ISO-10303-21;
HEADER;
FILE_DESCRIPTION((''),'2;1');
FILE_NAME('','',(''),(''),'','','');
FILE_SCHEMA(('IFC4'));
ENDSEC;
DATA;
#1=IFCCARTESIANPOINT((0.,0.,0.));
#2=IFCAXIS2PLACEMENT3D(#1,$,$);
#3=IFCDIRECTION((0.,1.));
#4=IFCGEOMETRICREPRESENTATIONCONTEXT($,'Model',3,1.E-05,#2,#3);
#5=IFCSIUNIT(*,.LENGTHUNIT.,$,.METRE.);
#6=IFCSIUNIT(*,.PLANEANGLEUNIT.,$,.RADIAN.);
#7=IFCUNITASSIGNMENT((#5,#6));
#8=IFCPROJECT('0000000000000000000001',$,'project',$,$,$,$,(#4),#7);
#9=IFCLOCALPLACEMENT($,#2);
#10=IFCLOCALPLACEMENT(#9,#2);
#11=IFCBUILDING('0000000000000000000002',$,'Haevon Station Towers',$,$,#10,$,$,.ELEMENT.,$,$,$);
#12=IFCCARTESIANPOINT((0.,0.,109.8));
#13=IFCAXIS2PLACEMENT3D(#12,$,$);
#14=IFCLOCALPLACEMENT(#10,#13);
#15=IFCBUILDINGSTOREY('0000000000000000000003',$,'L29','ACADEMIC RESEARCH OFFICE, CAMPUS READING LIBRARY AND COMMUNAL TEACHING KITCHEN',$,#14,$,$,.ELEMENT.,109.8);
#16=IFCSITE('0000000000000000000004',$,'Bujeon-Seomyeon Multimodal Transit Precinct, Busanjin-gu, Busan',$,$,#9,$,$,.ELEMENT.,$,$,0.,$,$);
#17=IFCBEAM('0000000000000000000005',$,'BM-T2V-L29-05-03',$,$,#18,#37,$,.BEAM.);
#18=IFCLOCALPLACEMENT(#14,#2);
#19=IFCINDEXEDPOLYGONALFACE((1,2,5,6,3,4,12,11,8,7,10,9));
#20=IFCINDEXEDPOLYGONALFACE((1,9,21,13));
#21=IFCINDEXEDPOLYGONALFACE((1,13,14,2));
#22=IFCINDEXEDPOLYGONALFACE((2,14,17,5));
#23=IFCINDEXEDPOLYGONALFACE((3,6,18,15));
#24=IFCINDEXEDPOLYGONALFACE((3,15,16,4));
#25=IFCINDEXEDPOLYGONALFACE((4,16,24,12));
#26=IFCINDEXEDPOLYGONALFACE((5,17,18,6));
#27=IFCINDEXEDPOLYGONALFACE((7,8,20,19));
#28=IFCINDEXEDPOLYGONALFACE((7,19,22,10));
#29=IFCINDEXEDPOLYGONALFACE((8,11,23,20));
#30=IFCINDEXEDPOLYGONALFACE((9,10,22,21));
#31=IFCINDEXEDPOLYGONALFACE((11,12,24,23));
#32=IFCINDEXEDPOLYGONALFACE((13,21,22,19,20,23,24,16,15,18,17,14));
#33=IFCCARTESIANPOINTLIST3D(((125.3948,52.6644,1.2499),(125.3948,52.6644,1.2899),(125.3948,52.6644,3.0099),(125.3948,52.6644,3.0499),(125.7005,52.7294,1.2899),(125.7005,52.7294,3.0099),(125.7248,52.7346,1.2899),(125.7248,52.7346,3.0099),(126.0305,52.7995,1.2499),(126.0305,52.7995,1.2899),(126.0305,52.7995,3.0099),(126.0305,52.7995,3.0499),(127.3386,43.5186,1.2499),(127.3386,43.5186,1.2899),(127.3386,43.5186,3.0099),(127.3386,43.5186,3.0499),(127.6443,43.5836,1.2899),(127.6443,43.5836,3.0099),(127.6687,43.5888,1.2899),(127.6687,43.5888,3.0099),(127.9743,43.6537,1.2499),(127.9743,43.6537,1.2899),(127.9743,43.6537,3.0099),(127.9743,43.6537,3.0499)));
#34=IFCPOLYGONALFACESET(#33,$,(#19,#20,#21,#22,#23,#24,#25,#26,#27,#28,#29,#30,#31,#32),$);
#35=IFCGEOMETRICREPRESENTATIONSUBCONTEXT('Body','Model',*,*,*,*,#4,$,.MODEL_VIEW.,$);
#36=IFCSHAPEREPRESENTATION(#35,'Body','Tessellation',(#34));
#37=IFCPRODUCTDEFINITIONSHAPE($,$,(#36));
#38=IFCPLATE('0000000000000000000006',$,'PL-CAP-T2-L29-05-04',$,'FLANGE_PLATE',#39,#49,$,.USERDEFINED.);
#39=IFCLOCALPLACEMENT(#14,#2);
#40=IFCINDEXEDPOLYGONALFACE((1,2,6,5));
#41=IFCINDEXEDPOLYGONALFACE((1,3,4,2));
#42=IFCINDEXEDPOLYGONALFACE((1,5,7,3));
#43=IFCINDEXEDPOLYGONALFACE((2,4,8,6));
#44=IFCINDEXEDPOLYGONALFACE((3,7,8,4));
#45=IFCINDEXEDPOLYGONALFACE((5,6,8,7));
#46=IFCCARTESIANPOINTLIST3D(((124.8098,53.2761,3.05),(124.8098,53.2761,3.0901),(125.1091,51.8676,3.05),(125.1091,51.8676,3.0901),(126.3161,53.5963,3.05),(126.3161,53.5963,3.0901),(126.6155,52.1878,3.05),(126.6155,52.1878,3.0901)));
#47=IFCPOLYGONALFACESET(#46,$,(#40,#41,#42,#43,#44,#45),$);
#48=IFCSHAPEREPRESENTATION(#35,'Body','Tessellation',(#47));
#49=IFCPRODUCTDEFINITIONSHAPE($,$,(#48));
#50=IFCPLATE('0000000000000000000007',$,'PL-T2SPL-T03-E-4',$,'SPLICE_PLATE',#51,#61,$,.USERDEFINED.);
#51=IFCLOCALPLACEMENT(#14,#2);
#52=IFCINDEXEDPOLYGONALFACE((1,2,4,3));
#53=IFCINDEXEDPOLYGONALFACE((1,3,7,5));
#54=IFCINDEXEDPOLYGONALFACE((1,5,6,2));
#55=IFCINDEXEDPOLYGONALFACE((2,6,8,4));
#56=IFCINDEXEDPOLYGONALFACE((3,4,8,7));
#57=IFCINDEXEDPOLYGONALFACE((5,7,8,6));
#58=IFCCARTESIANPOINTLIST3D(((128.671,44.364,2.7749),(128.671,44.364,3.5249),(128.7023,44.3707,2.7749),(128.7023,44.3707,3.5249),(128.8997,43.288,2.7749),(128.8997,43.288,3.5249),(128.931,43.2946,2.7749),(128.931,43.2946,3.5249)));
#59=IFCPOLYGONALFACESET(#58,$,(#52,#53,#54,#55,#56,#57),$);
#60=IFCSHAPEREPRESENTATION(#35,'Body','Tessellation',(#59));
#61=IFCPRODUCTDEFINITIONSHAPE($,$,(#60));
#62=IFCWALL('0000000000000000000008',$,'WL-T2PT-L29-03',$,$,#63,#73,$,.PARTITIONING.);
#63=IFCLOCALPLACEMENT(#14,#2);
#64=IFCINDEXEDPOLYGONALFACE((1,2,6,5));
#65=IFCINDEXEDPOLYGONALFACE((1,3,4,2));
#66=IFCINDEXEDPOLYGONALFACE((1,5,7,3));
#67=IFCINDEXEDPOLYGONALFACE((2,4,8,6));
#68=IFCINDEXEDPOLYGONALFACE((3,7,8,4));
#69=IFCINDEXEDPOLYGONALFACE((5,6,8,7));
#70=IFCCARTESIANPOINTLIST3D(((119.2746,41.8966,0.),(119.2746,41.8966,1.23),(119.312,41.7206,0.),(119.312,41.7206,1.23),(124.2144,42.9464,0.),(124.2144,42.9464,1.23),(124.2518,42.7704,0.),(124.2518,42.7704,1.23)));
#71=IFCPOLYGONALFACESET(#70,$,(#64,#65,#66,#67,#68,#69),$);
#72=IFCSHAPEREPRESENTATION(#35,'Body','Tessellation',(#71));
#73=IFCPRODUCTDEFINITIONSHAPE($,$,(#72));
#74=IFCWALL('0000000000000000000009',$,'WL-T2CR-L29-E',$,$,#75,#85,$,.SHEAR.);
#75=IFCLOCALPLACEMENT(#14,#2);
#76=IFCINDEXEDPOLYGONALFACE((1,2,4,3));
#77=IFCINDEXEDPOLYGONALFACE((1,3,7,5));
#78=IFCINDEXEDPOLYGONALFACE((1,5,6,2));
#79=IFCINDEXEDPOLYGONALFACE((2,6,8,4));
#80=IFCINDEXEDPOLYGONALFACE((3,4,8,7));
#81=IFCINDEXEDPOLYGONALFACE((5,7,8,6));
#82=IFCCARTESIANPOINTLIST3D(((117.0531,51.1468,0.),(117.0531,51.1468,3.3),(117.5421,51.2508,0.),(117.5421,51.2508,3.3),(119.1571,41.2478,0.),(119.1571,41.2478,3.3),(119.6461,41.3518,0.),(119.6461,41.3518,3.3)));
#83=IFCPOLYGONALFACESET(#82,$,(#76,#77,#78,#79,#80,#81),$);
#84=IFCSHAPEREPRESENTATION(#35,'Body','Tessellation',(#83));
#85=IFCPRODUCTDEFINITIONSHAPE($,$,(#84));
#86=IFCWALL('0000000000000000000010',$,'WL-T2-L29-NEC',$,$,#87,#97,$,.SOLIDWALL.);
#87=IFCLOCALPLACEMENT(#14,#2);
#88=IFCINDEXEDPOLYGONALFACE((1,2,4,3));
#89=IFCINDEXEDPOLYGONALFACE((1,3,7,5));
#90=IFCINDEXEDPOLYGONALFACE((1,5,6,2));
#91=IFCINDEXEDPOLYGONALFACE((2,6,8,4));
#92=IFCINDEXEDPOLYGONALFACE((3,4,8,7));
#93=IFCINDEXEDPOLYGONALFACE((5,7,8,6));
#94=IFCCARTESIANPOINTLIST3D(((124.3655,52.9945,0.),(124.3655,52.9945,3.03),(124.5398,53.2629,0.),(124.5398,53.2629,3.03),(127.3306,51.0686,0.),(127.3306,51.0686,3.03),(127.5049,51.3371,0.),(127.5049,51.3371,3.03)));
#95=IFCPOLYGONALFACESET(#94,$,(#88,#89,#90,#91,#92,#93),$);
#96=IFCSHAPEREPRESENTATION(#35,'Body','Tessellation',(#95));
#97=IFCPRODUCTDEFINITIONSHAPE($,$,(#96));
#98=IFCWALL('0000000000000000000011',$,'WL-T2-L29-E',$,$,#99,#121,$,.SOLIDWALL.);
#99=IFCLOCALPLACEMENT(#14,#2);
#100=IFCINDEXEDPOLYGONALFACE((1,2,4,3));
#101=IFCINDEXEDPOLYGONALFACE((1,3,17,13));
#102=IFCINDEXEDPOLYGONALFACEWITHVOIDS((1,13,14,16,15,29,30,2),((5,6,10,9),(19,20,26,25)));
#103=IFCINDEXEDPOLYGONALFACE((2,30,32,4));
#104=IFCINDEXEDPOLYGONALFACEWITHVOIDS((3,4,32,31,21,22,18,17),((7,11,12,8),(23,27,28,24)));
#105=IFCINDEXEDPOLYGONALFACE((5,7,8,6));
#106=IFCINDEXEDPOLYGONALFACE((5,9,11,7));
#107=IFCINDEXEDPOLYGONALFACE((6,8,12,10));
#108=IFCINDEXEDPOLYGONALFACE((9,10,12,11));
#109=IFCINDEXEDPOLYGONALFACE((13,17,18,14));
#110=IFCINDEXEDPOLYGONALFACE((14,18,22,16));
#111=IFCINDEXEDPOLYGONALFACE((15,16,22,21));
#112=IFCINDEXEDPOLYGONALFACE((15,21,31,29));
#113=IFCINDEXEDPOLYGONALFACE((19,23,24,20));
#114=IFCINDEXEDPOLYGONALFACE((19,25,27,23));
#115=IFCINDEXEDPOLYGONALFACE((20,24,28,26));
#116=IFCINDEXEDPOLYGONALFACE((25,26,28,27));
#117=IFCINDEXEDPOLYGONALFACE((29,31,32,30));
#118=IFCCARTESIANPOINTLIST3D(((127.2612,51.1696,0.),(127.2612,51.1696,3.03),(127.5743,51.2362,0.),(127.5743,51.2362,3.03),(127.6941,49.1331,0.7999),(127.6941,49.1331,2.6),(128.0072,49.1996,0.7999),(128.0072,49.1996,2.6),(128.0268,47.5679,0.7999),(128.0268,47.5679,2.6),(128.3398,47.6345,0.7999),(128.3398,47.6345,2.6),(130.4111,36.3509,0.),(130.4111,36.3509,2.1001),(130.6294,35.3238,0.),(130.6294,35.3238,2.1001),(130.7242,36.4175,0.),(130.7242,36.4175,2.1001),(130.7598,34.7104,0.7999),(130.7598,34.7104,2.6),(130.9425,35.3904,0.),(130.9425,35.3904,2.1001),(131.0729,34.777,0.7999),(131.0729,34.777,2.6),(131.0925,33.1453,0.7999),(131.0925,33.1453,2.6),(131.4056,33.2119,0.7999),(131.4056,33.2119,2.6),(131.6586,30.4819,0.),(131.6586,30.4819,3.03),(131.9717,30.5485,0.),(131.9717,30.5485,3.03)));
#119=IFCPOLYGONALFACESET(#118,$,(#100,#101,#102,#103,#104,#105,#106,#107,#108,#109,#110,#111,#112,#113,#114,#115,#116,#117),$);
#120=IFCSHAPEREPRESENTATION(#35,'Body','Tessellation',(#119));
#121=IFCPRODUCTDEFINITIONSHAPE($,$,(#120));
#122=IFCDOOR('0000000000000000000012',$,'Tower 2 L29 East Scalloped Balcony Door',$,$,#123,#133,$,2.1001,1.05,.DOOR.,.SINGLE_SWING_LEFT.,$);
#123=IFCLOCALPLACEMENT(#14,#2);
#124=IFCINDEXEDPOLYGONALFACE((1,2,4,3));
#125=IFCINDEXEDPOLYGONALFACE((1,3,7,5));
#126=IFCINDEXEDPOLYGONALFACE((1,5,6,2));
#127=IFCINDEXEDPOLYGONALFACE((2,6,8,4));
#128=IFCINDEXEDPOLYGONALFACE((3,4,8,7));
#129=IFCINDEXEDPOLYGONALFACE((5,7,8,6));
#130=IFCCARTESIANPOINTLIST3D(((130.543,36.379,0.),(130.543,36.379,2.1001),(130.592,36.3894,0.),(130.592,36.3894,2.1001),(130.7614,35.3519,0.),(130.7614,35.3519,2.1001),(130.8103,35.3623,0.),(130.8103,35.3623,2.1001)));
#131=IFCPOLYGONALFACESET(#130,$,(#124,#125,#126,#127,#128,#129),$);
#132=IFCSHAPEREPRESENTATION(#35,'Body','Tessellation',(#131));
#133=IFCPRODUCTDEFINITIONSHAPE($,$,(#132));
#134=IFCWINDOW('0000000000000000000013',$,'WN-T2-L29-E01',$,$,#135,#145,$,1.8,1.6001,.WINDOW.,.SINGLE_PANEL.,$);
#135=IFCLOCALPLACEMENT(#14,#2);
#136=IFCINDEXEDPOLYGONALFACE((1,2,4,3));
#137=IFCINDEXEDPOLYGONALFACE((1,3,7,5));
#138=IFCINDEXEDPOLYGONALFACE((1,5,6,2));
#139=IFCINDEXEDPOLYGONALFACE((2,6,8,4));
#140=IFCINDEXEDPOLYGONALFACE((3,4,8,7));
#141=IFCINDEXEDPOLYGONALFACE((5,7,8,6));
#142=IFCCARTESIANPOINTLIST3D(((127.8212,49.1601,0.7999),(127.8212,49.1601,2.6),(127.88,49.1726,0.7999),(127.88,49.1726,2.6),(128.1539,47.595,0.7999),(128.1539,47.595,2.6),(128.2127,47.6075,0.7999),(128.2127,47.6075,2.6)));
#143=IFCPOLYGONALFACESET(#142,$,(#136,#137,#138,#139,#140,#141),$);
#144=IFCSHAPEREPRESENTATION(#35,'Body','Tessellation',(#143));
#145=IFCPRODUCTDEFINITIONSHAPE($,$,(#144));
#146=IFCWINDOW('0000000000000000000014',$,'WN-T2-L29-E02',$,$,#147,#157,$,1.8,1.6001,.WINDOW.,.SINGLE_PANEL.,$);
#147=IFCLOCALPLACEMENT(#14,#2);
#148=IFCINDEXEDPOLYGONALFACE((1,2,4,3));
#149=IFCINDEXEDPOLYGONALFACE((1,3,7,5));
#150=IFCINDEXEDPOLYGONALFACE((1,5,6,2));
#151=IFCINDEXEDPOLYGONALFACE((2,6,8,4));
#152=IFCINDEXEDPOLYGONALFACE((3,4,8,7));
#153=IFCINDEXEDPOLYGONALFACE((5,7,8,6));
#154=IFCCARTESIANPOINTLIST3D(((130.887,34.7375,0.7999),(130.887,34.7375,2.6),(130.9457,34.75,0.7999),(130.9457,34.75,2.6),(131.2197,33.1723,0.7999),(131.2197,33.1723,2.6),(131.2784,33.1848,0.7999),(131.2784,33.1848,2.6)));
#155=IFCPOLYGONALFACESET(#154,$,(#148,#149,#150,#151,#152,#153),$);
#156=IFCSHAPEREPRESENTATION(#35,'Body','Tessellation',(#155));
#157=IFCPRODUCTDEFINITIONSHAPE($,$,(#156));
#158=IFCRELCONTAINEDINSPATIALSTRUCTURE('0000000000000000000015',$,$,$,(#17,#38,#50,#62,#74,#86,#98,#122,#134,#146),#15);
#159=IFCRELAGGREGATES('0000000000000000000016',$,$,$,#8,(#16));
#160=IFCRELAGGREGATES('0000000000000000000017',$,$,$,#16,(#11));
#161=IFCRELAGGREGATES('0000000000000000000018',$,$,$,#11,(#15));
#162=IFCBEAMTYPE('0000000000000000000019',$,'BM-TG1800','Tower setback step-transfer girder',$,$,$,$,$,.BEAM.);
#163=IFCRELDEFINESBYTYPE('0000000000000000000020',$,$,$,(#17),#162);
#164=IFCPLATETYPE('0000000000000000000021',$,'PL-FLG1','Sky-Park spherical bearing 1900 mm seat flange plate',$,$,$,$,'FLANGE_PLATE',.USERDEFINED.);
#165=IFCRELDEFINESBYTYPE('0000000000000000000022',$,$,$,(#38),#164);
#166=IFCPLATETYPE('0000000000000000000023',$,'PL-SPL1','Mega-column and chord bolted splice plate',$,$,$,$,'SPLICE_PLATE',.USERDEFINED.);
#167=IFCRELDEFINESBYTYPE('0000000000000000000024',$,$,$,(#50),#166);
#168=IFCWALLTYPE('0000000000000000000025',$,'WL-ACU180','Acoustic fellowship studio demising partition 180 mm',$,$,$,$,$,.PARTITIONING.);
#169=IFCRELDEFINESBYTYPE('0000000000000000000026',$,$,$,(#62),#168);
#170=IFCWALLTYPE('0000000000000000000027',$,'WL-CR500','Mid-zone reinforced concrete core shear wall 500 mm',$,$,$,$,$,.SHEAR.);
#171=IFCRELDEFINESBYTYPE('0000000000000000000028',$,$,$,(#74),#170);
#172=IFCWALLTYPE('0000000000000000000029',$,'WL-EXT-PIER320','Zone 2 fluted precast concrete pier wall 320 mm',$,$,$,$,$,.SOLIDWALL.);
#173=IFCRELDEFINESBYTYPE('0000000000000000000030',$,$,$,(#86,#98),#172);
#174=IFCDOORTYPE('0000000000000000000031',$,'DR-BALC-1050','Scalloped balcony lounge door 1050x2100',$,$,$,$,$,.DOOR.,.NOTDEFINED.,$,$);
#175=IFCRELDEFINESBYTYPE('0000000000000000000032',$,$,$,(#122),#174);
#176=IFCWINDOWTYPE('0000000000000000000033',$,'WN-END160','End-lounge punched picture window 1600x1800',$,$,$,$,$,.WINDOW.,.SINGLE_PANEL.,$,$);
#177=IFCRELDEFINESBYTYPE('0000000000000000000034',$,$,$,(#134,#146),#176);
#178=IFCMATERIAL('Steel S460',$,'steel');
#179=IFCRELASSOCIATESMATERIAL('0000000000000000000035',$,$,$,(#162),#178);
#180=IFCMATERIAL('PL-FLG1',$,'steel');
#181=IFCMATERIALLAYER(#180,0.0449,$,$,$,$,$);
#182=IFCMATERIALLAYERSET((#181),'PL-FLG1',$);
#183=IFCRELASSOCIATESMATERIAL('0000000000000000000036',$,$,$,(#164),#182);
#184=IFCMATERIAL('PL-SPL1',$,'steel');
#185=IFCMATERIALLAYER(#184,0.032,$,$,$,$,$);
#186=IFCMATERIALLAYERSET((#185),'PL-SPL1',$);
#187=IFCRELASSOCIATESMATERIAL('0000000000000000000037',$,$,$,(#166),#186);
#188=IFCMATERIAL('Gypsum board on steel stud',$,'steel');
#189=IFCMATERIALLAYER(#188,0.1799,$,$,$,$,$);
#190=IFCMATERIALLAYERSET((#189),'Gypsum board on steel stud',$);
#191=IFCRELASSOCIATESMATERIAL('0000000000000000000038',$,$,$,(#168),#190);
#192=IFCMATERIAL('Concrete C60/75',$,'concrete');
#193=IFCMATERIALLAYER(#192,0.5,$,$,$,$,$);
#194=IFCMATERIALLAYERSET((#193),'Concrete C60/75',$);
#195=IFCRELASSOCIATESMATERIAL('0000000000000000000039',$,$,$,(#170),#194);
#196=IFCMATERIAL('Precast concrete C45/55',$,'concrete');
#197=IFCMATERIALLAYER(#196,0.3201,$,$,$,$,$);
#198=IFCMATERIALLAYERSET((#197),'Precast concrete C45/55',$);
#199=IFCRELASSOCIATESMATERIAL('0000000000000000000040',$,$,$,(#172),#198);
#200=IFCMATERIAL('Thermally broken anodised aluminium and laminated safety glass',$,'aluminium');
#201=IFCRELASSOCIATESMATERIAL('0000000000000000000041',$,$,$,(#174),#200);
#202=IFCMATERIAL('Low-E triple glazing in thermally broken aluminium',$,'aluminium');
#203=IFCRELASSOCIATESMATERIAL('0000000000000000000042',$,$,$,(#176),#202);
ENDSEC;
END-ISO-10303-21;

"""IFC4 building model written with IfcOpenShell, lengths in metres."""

from ifc_helpers import new_model, si_unit, direction, frame, frame_2d, origin, origin_2d, place, context, subcontext, project, spatial, rectangle, i_section, extrude, material, layer, layer_set, material_profile, profile_set, type_object, element, fill, save


model = new_model("IFC4")

# Units and contexts
model_context = context("Model", 3, precision=1e-05, world=origin(), true_north=direction((0.0, 1.0)))
body_context = subcontext(model_context, "Body", "Model", "MODEL_VIEW")
ifc_project = project(units=[si_unit("LENGTHUNIT", "METRE"), si_unit("PLANEANGLEUNIT", "RADIAN")], contexts=[model_context])

# Site, building, storey
site_placement = place(None, origin())
site = spatial("IfcSite", under=ifc_project, at=site_placement, Name="Bujeon-Seomyeon Multimodal Transit Precinct, Busanjin-gu, Busan", CompositionType="ELEMENT", RefElevation=0.0)
building_placement = place(site_placement, origin())
building = spatial("IfcBuilding", under=site, at=building_placement, Name="Haevon Station Towers", CompositionType="ELEMENT")
storey_placement = place(building_placement, frame((0.0, 0.0, 109.8)))
storey = spatial("IfcBuildingStorey", under=building, at=storey_placement, Name="L29", Description="ACADEMIC RESEARCH OFFICE, CAMPUS READING LIBRARY AND COMMUNAL TEACHING KITCHEN", CompositionType="ELEMENT", Elevation=109.8)

# Shared definitions
ifc_material_1 = material(Name="Steel S460", Category="steel")

# Beam
ifc_material_profile_1 = material_profile(ifc_material_1, i_section(OverallWidth=0.6499, OverallDepth=1.8, WebThickness=0.0249, FlangeThickness=0.04, at=origin_2d()), Name="H-1800x650x25x40")
ifc_profile_set_1 = profile_set([ifc_material_profile_1], Name="Steel S460")
beam_type_1 = type_object("IfcBeamType", Name="BM-TG1800", Description="Tower setback step-transfer girder", PredefinedType="BEAM", material=ifc_profile_set_1)
beam_1_placement = place(storey_placement, frame((127.6565, 43.5862, 2.1499), z_axis=(-0.207897, 0.978151, 0.0), x_axis=(-0.978151, -0.207897, 0.0)))
element("IfcBeam", 1, at=beam_1_placement, inside=storey, type_object=beam_type_1, Name="BM-T2V-L29-05-03", PredefinedType="BEAM", context=body_context, shape_type="SweptSolid", body=[
    extrude(i_section(OverallWidth=0.6499, OverallDepth=1.8, WebThickness=0.0249, FlangeThickness=0.04, at=origin_2d()), origin(), (0.0, 0.0, 1.0), 9.3501),
])

# Plates
ifc_material_2 = material(Name="PL-FLG1", Category="steel")
ifc_layer_1 = layer(ifc_material_2, 0.0449)
ifc_layer_set_1 = layer_set([ifc_layer_1], Name="PL-FLG1")
plate_type_1 = type_object("IfcPlateType", Name="PL-FLG1", Description="Sky-Park spherical bearing 1900 mm seat flange plate", ElementType="FLANGE_PLATE", PredefinedType="USERDEFINED", material=ifc_layer_set_1)
plate_1_placement = place(storey_placement, frame((125.7126, 52.7319, 3.05), z_axis=(0.0, 0.0, 1.0), x_axis=(0.978148, 0.207912, 0.0)))
element("IfcPlate", 2, at=plate_1_placement, inside=storey, type_object=plate_type_1, Name="PL-CAP-T2-L29-05-04", ObjectType="FLANGE_PLATE", PredefinedType="USERDEFINED", context=body_context, shape_type="SweptSolid", body=[
    extrude(rectangle(XDim=1.54, YDim=1.4399, at=origin_2d()), origin(), (0.0, 0.0, 1.0), 0.04),
])
ifc_material_3 = material(Name="PL-SPL1", Category="steel")
ifc_layer_2 = layer(ifc_material_3, 0.032)
ifc_layer_set_2 = layer_set([ifc_layer_2], Name="PL-SPL1")
plate_type_2 = type_object("IfcPlateType", Name="PL-SPL1", Description="Mega-column and chord bolted splice plate", ElementType="SPLICE_PLATE", PredefinedType="USERDEFINED", material=ifc_layer_set_2)
plate_2_placement = place(storey_placement, frame((128.801, 43.8293, 2.7749), z_axis=(0.0, 0.0, 1.0), x_axis=(-0.207912, 0.978148, 0.0)))
element("IfcPlate", 3, at=plate_2_placement, inside=storey, type_object=plate_type_2, Name="PL-T2SPL-T03-E-4", ObjectType="SPLICE_PLATE", PredefinedType="USERDEFINED", context=body_context, shape_type="SweptSolid", body=[
    extrude(rectangle(XDim=1.1001, YDim=0.032, at=origin_2d()), origin(), (0.0, 0.0, 1.0), 0.75),
])

# Walls
ifc_material_4 = material(Name="Gypsum board on steel stud", Category="steel")
ifc_layer_3 = layer(ifc_material_4, 0.1799)
ifc_layer_set_3 = layer_set([ifc_layer_3], Name="Gypsum board on steel stud")
wall_type_1 = type_object("IfcWallType", Name="WL-ACU180", Description="Acoustic fellowship studio demising partition 180 mm", PredefinedType="PARTITIONING", material=ifc_layer_set_3)
wall_1_placement = place(storey_placement, frame((119.2935, 41.8086, 0.0), z_axis=(0.0, 0.0, 1.0), x_axis=(0.978154, 0.207881, 0.0)))
element("IfcWall", 4, at=wall_1_placement, inside=storey, type_object=wall_type_1, Name="WL-T2PT-L29-03", PredefinedType="PARTITIONING", context=body_context, shape_type="SweptSolid", body=[
    extrude(rectangle(XDim=5.05, YDim=0.1799, at=frame_2d((2.5249, 0.0))), origin(), (0.0, 0.0, 1.0), 1.23),
])
ifc_material_5 = material(Name="Concrete C60/75", Category="concrete")
ifc_layer_4 = layer(ifc_material_5, 0.5)
ifc_layer_set_4 = layer_set([ifc_layer_4], Name="Concrete C60/75")
wall_type_2 = type_object("IfcWallType", Name="WL-CR500", Description="Mid-zone reinforced concrete core shear wall 500 mm", PredefinedType="SHEAR", material=ifc_layer_set_4)
wall_2_placement = place(storey_placement, frame((119.4016, 41.2998, 0.0), z_axis=(0.0, 0.0, 1.0), x_axis=(-0.207904, 0.978149, 0.0)))
element("IfcWall", 5, at=wall_2_placement, inside=storey, type_object=wall_type_2, Name="WL-T2CR-L29-E", PredefinedType="SHEAR", context=body_context, shape_type="SweptSolid", body=[
    extrude(rectangle(XDim=10.1201, YDim=0.5, at=frame_2d((5.0601, 0.0))), origin(), (0.0, 0.0, 1.0), 3.3),
])
ifc_material_6 = material(Name="Precast concrete C45/55", Category="concrete")
ifc_layer_5 = layer(ifc_material_6, 0.3201)
ifc_layer_set_5 = layer_set([ifc_layer_5], Name="Precast concrete C45/55")
wall_type_3 = type_object("IfcWallType", Name="WL-EXT-PIER320", Description="Zone 2 fluted precast concrete pier wall 320 mm", PredefinedType="SOLIDWALL", material=ifc_layer_set_5)
wall_3_placement = place(storey_placement, frame((124.4526, 53.1287, 0.0), z_axis=(0.0, 0.0, 1.0), x_axis=(0.838641, -0.544685, 0.0)))
element("IfcWall", 6, at=wall_3_placement, inside=storey, type_object=wall_type_3, Name="WL-T2-L29-NEC", PredefinedType="SOLIDWALL", context=body_context, shape_type="SweptSolid", body=[
    extrude(rectangle(XDim=3.5356, YDim=0.3201, at=frame_2d((1.7678, 0.0))), origin(), (0.0, 0.0, 1.0), 3.03),
])

# Wall, openings, door, windows
wall_4_placement = place(storey_placement, frame((127.4177, 51.2029, 0.0), z_axis=(0.0, 0.0, 1.0), x_axis=(0.207918, -0.978146, 0.0)))
wall_4 = element("IfcWall", 7, at=wall_4_placement, inside=storey, type_object=wall_type_3, Name="WL-T2-L29-E", PredefinedType="SOLIDWALL", context=body_context, shape_type="SweptSolid", body=[
    extrude(rectangle(XDim=21.1499, YDim=0.3201, at=frame_2d((10.575, 0.0))), origin(), (0.0, 0.0, 1.0), 3.03),
])
opening_1_placement = place(wall_4_placement, frame((15.1499, 0.0, 0.0)))
opening_1 = element("IfcOpeningElement", 8, at=opening_1_placement, cuts=wall_4, PredefinedType="OPENING", context=body_context, shape_type="SweptSolid", body=[
    extrude(rectangle(XDim=1.05, YDim=2.1001, at=frame_2d((0.5249, 1.05))), frame((0.0, 0.1699, 0.0), z_axis=(0.0, -1.0, 0.0), x_axis=(1.0, 0.0, 0.0)), (0.0, 0.0, 1.0), 0.3401),
])
opening_2_placement = place(wall_4_placement, frame((2.082, 0.0, 0.8)))
opening_2 = element("IfcOpeningElement", 9, at=opening_2_placement, cuts=wall_4, PredefinedType="OPENING", context=body_context, shape_type="SweptSolid", body=[
    extrude(rectangle(XDim=1.6001, YDim=1.8, at=frame_2d((0.8, 0.8999))), frame((0.0, 0.1699, 0.0), z_axis=(0.0, -1.0, 0.0), x_axis=(1.0, 0.0, 0.0)), (0.0, 0.0, 1.0), 0.3401),
])
opening_3_placement = place(wall_4_placement, frame((16.8269, 0.0, 0.8)))
opening_3 = element("IfcOpeningElement", 10, at=opening_3_placement, cuts=wall_4, PredefinedType="OPENING", context=body_context, shape_type="SweptSolid", body=[
    extrude(rectangle(XDim=1.6001, YDim=1.8, at=frame_2d((0.8, 0.8999))), frame((0.0, 0.1699, 0.0), z_axis=(0.0, -1.0, 0.0), x_axis=(1.0, 0.0, 0.0)), (0.0, 0.0, 1.0), 0.3401),
])
ifc_material_7 = material(Name="Thermally broken anodised aluminium and laminated safety glass", Category="aluminium")
door_type = type_object("IfcDoorType", Name="DR-BALC-1050", Description="Scalloped balcony lounge door 1050x2100", OperationType="NOTDEFINED", PredefinedType="DOOR", material=ifc_material_7)
door_placement = place(opening_1_placement, origin())
door = element("IfcDoor", 11, at=door_placement, inside=storey, type_object=door_type, Name="Tower 2 L29 East Scalloped Balcony Door", OperationType="SINGLE_SWING_LEFT", OverallHeight=2.1001, OverallWidth=1.05, PredefinedType="DOOR", context=body_context, shape_type="SweptSolid", body=[
    extrude(rectangle(XDim=1.05, YDim=2.1001, at=frame_2d((0.5249, 1.05))), frame((0.0, 0.0249, 0.0), z_axis=(0.0, -1.0, 0.0), x_axis=(1.0, 0.0, 0.0)), (0.0, 0.0, 1.0), 0.05),
])
fill(opening_1, door)
ifc_material_8 = material(Name="Low-E triple glazing in thermally broken aluminium", Category="aluminium")
window_type = type_object("IfcWindowType", Name="WN-END160", Description="End-lounge punched picture window 1600x1800", PartitioningType="SINGLE_PANEL", PredefinedType="WINDOW", material=ifc_material_8)
window_1_placement = place(opening_2_placement, origin())
window_1 = element("IfcWindow", 12, at=window_1_placement, inside=storey, type_object=window_type, Name="WN-T2-L29-E01", OverallHeight=1.8, OverallWidth=1.6001, PartitioningType="SINGLE_PANEL", PredefinedType="WINDOW", context=body_context, shape_type="SweptSolid", body=[
    extrude(rectangle(XDim=1.6001, YDim=1.8, at=frame_2d((0.8, 0.8999))), frame((0.0, 0.03, 0.0), z_axis=(0.0, -1.0, 0.0), x_axis=(1.0, 0.0, 0.0)), (0.0, 0.0, 1.0), 0.0601),
])
fill(opening_2, window_1)
window_2_placement = place(opening_3_placement, origin())
window_2 = element("IfcWindow", 13, at=window_2_placement, inside=storey, type_object=window_type, Name="WN-T2-L29-E02", OverallHeight=1.8, OverallWidth=1.6001, PartitioningType="SINGLE_PANEL", PredefinedType="WINDOW", context=body_context, shape_type="SweptSolid", body=[
    extrude(rectangle(XDim=1.6001, YDim=1.8, at=frame_2d((0.8, 0.8999))), frame((0.0, 0.03, 0.0), z_axis=(0.0, -1.0, 0.0), x_axis=(1.0, 0.0, 0.0)), (0.0, 0.0, 1.0), 0.0601),
])
fill(opening_3, window_2)

save(model, "model.ifc")
